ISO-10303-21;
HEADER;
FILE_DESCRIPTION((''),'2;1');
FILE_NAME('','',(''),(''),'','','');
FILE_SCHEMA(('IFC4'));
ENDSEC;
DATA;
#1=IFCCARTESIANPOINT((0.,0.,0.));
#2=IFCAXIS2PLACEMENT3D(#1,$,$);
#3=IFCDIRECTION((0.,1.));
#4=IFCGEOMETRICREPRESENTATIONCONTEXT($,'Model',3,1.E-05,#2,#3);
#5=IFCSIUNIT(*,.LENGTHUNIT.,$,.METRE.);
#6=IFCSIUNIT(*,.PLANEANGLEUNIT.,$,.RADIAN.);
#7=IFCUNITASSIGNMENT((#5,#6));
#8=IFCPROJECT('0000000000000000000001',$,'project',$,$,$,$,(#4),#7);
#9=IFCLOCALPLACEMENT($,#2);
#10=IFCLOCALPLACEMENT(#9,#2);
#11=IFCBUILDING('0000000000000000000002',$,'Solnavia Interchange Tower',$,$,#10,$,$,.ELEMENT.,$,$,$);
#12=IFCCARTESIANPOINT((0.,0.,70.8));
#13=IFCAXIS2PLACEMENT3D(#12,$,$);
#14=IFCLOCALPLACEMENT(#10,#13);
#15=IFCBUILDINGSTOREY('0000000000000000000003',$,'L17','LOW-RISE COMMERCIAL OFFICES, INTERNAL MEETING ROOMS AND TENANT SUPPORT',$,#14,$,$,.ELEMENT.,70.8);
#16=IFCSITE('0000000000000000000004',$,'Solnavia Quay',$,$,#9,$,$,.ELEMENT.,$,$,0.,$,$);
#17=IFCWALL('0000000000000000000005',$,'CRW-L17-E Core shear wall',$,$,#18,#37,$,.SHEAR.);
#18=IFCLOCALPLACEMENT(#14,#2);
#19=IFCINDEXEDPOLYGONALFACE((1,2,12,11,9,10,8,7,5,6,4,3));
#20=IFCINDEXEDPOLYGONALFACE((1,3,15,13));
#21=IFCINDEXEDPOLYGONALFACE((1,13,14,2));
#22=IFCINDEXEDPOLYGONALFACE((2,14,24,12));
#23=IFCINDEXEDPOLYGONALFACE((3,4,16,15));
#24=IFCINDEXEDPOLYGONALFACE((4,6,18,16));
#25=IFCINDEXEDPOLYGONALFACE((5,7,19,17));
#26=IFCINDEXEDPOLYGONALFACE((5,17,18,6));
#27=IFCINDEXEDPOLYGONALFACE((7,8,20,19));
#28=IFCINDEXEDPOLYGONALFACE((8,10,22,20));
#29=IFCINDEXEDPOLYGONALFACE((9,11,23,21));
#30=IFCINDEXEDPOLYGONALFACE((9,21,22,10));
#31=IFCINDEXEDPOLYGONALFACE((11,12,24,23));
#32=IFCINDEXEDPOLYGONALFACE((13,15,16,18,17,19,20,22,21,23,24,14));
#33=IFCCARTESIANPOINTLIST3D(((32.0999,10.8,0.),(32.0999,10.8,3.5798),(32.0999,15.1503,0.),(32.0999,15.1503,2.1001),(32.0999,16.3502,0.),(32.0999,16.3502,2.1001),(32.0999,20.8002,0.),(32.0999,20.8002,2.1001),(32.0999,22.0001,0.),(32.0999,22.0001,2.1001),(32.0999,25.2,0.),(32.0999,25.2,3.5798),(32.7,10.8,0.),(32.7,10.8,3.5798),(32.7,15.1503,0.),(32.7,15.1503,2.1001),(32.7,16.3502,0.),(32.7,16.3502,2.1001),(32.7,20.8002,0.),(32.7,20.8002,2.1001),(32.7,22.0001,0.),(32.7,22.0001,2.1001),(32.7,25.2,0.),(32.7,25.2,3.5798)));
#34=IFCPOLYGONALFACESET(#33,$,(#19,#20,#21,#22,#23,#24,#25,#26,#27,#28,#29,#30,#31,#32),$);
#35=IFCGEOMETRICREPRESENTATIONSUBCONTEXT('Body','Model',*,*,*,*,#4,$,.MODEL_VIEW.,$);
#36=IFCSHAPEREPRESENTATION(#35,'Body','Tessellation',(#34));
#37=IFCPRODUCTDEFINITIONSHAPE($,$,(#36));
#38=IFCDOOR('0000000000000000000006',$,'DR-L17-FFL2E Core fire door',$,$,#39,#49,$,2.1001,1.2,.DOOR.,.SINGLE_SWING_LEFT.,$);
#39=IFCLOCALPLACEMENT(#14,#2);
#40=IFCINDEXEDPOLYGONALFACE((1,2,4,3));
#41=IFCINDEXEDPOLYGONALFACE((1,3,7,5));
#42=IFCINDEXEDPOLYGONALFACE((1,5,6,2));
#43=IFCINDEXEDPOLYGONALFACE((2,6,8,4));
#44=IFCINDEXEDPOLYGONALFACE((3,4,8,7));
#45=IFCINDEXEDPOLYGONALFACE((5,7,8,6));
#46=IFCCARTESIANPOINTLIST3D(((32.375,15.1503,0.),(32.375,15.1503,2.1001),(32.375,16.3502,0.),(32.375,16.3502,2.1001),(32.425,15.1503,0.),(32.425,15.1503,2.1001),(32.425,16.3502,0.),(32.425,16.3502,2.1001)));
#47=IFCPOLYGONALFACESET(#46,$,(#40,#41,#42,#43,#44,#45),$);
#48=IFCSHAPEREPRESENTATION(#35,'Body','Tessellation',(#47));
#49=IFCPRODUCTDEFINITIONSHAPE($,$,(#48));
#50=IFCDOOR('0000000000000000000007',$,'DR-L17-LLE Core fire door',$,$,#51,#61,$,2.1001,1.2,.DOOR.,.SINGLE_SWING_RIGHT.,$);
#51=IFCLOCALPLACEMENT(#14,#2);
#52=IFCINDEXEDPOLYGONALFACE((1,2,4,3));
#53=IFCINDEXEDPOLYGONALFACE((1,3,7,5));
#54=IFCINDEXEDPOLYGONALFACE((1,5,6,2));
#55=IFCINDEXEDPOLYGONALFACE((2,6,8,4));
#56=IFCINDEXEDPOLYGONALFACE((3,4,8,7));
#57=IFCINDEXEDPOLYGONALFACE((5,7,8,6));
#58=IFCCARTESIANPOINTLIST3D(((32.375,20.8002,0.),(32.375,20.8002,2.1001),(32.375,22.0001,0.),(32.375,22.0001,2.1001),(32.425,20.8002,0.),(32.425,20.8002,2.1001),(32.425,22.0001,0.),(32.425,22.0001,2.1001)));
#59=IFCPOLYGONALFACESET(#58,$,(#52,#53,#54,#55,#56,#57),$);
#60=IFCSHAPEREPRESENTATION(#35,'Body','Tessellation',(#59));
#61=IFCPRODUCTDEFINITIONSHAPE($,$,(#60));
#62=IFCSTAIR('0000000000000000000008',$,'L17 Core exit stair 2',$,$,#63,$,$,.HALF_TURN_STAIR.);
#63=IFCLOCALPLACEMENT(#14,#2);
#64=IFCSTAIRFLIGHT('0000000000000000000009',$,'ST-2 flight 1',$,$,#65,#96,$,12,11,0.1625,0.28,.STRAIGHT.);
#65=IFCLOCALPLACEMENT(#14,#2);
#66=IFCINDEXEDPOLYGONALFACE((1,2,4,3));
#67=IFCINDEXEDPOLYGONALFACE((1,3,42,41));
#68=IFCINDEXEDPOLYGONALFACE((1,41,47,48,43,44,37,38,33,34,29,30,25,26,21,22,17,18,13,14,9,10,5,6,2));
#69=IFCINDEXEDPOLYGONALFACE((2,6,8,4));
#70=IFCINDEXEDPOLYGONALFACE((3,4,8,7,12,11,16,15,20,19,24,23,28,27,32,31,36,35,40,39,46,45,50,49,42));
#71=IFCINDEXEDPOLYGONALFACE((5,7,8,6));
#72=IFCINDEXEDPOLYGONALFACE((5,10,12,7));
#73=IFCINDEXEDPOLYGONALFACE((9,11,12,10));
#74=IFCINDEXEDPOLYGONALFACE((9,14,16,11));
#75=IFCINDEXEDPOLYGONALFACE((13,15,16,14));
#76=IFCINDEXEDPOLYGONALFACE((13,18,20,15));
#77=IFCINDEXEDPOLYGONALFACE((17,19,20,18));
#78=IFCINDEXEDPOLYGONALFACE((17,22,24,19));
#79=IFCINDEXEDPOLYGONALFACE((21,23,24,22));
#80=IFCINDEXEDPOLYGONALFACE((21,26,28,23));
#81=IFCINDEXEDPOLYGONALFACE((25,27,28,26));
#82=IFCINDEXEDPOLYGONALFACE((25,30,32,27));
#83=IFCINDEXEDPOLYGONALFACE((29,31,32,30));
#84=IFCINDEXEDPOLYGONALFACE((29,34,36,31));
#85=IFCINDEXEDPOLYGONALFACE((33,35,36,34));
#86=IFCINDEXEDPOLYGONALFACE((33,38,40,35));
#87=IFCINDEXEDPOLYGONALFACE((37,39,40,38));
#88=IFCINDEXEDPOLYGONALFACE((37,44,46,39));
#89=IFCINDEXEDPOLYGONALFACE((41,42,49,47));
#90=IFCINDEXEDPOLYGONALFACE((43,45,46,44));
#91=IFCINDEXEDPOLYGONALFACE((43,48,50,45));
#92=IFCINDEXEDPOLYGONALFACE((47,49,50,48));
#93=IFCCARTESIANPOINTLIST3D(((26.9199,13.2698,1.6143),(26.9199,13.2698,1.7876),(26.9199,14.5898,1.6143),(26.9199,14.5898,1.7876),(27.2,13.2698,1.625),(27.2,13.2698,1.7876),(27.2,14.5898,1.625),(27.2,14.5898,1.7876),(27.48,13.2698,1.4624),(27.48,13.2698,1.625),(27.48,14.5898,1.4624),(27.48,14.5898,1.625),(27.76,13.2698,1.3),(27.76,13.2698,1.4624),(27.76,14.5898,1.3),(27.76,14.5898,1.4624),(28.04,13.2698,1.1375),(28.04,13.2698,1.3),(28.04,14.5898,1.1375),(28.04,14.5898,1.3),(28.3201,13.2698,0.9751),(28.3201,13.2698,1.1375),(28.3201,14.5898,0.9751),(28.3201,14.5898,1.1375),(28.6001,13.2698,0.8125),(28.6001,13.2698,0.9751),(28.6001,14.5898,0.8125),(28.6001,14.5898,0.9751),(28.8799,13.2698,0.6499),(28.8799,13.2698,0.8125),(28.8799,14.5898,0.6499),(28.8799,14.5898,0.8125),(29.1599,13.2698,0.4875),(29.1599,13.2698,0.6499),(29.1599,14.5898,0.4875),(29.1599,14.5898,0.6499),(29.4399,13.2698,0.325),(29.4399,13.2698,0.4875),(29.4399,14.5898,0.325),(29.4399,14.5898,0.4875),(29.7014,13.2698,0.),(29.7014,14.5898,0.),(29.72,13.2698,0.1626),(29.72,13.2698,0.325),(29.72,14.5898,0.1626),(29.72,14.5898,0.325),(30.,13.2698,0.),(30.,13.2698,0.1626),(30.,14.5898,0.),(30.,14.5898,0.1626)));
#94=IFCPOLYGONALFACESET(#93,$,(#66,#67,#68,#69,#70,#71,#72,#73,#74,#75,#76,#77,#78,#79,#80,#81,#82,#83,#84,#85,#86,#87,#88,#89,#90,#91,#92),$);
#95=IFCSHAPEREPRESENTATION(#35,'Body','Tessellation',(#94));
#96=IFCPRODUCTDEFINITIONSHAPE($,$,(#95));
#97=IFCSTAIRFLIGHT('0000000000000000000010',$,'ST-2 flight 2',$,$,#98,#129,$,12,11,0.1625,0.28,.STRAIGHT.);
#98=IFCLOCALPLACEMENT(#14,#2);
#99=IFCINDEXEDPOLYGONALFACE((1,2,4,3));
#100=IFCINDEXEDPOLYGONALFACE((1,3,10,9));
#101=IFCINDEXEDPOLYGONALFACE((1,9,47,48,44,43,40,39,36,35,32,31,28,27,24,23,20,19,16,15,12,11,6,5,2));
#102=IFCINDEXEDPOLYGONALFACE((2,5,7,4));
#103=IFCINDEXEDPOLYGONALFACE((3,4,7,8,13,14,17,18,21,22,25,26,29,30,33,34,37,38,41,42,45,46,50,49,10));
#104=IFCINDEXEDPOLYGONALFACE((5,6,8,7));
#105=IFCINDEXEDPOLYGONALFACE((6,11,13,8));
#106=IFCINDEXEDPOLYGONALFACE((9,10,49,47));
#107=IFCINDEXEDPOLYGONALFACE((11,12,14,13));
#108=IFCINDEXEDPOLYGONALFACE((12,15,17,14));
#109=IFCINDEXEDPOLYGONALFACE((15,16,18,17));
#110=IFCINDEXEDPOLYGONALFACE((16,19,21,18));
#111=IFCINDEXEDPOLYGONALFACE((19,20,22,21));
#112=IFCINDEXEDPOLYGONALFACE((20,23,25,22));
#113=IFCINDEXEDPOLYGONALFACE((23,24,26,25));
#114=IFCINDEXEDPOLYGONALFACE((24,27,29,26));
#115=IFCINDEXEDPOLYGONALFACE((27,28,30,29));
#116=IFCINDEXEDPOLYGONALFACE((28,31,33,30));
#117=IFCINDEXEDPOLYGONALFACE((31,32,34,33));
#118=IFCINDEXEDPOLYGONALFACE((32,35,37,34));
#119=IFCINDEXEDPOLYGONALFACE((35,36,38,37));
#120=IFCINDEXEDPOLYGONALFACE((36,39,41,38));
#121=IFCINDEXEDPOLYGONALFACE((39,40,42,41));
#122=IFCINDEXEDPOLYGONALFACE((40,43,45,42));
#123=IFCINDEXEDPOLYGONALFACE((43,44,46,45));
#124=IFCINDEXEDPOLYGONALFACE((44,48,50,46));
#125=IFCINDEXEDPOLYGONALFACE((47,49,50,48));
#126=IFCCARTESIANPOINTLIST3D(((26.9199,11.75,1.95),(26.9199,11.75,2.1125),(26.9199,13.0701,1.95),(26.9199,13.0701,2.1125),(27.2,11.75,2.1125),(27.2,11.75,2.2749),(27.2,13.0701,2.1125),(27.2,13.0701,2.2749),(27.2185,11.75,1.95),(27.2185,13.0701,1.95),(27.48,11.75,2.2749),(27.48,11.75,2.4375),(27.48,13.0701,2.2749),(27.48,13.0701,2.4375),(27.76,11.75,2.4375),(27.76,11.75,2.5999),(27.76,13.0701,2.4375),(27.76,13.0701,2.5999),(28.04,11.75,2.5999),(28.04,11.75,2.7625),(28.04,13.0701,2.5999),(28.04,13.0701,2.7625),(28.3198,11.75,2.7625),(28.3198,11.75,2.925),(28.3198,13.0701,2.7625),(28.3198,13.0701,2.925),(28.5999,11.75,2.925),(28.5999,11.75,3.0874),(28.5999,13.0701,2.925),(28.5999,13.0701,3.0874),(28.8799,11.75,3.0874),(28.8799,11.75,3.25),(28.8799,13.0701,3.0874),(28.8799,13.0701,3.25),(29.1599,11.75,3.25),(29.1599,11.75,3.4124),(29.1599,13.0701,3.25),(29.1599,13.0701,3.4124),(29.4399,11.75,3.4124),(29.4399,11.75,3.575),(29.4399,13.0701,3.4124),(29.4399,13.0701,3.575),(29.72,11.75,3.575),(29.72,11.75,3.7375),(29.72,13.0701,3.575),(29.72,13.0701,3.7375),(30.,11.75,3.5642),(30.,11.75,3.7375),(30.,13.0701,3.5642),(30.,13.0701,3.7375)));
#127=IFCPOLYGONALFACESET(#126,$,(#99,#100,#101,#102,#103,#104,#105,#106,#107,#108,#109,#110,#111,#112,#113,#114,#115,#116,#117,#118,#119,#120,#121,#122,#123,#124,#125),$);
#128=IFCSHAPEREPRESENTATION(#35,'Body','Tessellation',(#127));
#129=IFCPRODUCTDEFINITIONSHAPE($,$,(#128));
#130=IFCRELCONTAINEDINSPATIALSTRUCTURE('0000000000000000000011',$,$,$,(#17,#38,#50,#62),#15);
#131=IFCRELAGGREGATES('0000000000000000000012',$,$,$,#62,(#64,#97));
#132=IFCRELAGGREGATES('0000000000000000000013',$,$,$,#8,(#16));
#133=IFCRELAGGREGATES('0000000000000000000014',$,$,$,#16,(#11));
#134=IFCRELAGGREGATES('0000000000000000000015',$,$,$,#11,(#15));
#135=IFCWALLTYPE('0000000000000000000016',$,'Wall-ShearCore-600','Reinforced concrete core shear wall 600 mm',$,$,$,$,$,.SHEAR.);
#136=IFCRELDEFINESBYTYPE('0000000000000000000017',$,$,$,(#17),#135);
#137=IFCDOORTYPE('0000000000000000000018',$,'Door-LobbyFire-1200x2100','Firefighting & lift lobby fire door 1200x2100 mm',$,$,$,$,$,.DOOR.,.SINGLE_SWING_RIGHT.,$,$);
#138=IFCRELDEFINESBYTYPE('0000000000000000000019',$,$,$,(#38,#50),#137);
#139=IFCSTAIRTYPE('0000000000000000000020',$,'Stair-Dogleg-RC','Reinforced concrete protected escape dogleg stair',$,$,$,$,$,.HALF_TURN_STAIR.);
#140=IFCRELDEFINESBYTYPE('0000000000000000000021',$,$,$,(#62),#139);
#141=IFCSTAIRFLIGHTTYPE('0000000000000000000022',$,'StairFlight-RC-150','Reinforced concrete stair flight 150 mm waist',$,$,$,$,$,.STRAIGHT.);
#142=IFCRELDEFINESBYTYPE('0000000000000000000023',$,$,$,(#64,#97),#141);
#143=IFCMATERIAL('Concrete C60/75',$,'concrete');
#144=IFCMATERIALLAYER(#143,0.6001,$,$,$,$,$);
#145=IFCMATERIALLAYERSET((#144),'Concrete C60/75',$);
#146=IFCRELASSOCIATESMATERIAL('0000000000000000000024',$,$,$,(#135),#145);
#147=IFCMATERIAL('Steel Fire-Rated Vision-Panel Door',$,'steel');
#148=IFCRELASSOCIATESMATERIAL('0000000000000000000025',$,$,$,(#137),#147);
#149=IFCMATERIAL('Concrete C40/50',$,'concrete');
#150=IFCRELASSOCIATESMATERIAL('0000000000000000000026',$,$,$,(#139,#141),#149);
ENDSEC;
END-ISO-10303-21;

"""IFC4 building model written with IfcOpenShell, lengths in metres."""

from ifc_helpers import new_model, si_unit, direction, frame, frame_2d, origin, place, context, subcontext, project, spatial, polyline, rectangle, outline, extrude, material, layer, layer_set, type_object, element, fill, aggregate, save


model = new_model("IFC4")

# Units and contexts
model_context = context("Model", 3, precision=1e-05, world=origin(), true_north=direction((0.0, 1.0)))
body_context = subcontext(model_context, "Body", "Model", "MODEL_VIEW")
ifc_project = project(units=[si_unit("LENGTHUNIT", "METRE"), si_unit("PLANEANGLEUNIT", "RADIAN")], contexts=[model_context])

# Site, building, storey
site_placement = place(None, origin())
site = spatial("IfcSite", under=ifc_project, at=site_placement, Name="Solnavia Quay", CompositionType="ELEMENT", RefElevation=0.0)
building_placement = place(site_placement, origin())
building = spatial("IfcBuilding", under=site, at=building_placement, Name="Solnavia Interchange Tower", CompositionType="ELEMENT")
storey_placement = place(building_placement, frame((0.0, 0.0, 70.8)))
storey = spatial("IfcBuildingStorey", under=building, at=storey_placement, Name="L17", Description="LOW-RISE COMMERCIAL OFFICES, INTERNAL MEETING ROOMS AND TENANT SUPPORT", CompositionType="ELEMENT", Elevation=70.8)

# Shared definitions
ifc_material_1 = material(Name="Concrete C60/75", Category="concrete")

# Shared definitions
ifc_material_2 = material(Name="Concrete C40/50", Category="concrete")

# Wall, openings, doors
ifc_layer_1 = layer(ifc_material_1, 0.6001)
ifc_layer_set_1 = layer_set([ifc_layer_1], Name="Concrete C60/75")
wall_type_1 = type_object("IfcWallType", Name="Wall-ShearCore-600", Description="Reinforced concrete core shear wall 600 mm", PredefinedType="SHEAR", material=ifc_layer_set_1)
wall_1_placement = place(storey_placement, frame((32.3999, 10.8, 0.0), z_axis=(0.0, 0.0, 1.0), x_axis=(0.0, 1.0, 0.0)))
wall_1 = element("IfcWall", 1, at=wall_1_placement, inside=storey, type_object=wall_type_1, Name="CRW-L17-E Core shear wall", PredefinedType="SHEAR", context=body_context, shape_type="SweptSolid", body=[
    extrude(rectangle(XDim=14.3999, YDim=0.6001, at=frame_2d((7.2, 0.0))), origin(), (0.0, 0.0, 1.0), 3.5798),
])
opening_1_placement = place(wall_1_placement, frame((4.3501, 0.0, 0.0)))
opening_1 = element("IfcOpeningElement", 2, at=opening_1_placement, cuts=wall_1, PredefinedType="OPENING", context=body_context, shape_type="SweptSolid", body=[
    extrude(rectangle(XDim=1.2, YDim=2.1001, at=frame_2d((0.6001, 1.05))), frame((0.0, 0.3101, 0.0), z_axis=(0.0, -1.0, 0.0), x_axis=(1.0, 0.0, 0.0)), (0.0, 0.0, 1.0), 0.6201),
])
opening_2_placement = place(wall_1_placement, frame((10.0, 0.0, 0.0)))
opening_2 = element("IfcOpeningElement", 3, at=opening_2_placement, cuts=wall_1, PredefinedType="OPENING", context=body_context, shape_type="SweptSolid", body=[
    extrude(rectangle(XDim=1.2, YDim=2.1001, at=frame_2d((0.6001, 1.05))), frame((0.0, 0.3101, 0.0), z_axis=(0.0, -1.0, 0.0), x_axis=(1.0, 0.0, 0.0)), (0.0, 0.0, 1.0), 0.6201),
])
ifc_material_3 = material(Name="Steel Fire-Rated Vision-Panel Door", Category="steel")
door_type_1 = type_object("IfcDoorType", Name="Door-LobbyFire-1200x2100", Description="Firefighting & lift lobby fire door 1200x2100 mm", OperationType="SINGLE_SWING_RIGHT", PredefinedType="DOOR", material=ifc_material_3)
door_1_placement = place(opening_1_placement, origin())
door_1 = element("IfcDoor", 4, at=door_1_placement, inside=storey, type_object=door_type_1, Name="DR-L17-FFL2E Core fire door", OperationType="SINGLE_SWING_LEFT", OverallHeight=2.1001, OverallWidth=1.2, PredefinedType="DOOR", context=body_context, shape_type="SweptSolid", body=[
    extrude(rectangle(XDim=1.2, YDim=2.1001, at=frame_2d((0.6001, 1.05))), frame((0.0, 0.0249, 0.0), z_axis=(0.0, -1.0, 0.0), x_axis=(1.0, 0.0, 0.0)), (0.0, 0.0, 1.0), 0.05),
])
fill(opening_1, door_1)
door_2_placement = place(opening_2_placement, origin())
door_2 = element("IfcDoor", 5, at=door_2_placement, inside=storey, type_object=door_type_1, Name="DR-L17-LLE Core fire door", OperationType="SINGLE_SWING_RIGHT", OverallHeight=2.1001, OverallWidth=1.2, PredefinedType="DOOR", context=body_context, shape_type="SweptSolid", body=[
    extrude(rectangle(XDim=1.2, YDim=2.1001, at=frame_2d((0.6001, 1.05))), frame((0.0, 0.0249, 0.0), z_axis=(0.0, -1.0, 0.0), x_axis=(1.0, 0.0, 0.0)), (0.0, 0.0, 1.0), 0.05),
])
fill(opening_2, door_2)

# Stair, stair flights
stair_type = type_object("IfcStairType", Name="Stair-Dogleg-RC", Description="Reinforced concrete protected escape dogleg stair", PredefinedType="HALF_TURN_STAIR", material=ifc_material_2)
stair_placement = place(storey_placement, origin())
stair = element("IfcStair", 6, at=stair_placement, inside=storey, type_object=stair_type, Name="L17 Core exit stair 2", PredefinedType="HALF_TURN_STAIR")
stair_flight_type = type_object("IfcStairFlightType", Name="StairFlight-RC-150", Description="Reinforced concrete stair flight 150 mm waist", PredefinedType="STRAIGHT", material=ifc_material_2)
stair_flight_1_placement = place(storey_placement, frame((30.0, 13.9299, 0.0), z_axis=(0.0, 0.0, 1.0), x_axis=(-1.0, 0.0, 0.0)))
stair_flight_1 = element("IfcStairFlight", 7, at=stair_flight_1_placement, type_object=stair_flight_type, Name="ST-2 flight 1", NumberOfRisers=12, NumberOfTreads=11, PredefinedType="STRAIGHT", RiserHeight=0.1625, TreadLength=0.28, context=body_context, shape_type="SweptSolid", body=[
    extrude(outline(polyline([(0.0, 0.0), (0.0, 0.1626), (0.28, 0.1626), (0.28, 0.325), (0.5601, 0.325), (0.5601, 0.4875), (0.8401, 0.4875), (0.8401, 0.6499), (1.1201, 0.6499), (1.1201, 0.8125), (1.3999, 0.8125), (1.3999, 0.9751), (1.6799, 0.9751), (1.6799, 1.1375), (1.96, 1.1375), (1.96, 1.3), (2.24, 1.3), (2.24, 1.4624), (2.52, 1.4624), (2.52, 1.625), (2.8, 1.625), (2.8, 1.7876), (3.0801, 1.7876), (3.0801, 1.95), (3.0801, 1.6143), (0.2986, 0.0), (0.0, 0.0)])), frame((0.0, 0.6602, 0.0), z_axis=(0.0, -1.0, 0.0), x_axis=(1.0, 0.0, 0.0)), (0.0, 0.0, 1.0), 1.3201),
])
stair_flight_2_placement = place(storey_placement, frame((26.9199, 12.4099, 1.95), z_axis=(0.0, 0.0, 1.0), x_axis=(1.0, 0.0, 0.0)))
stair_flight_2 = element("IfcStairFlight", 8, at=stair_flight_2_placement, type_object=stair_flight_type, Name="ST-2 flight 2", NumberOfRisers=12, NumberOfTreads=11, PredefinedType="STRAIGHT", RiserHeight=0.1625, TreadLength=0.28, context=body_context, shape_type="SweptSolid", body=[
    extrude(outline(polyline([(0.0, 0.0), (0.0, 0.1626), (0.28, 0.1626), (0.28, 0.325), (0.5601, 0.325), (0.5601, 0.4875), (0.8401, 0.4875), (0.8401, 0.6499), (1.1201, 0.6499), (1.1201, 0.8125), (1.3999, 0.8125), (1.3999, 0.9751), (1.6799, 0.9751), (1.6799, 1.1375), (1.96, 1.1375), (1.96, 1.3), (2.24, 1.3), (2.24, 1.4624), (2.52, 1.4624), (2.52, 1.625), (2.8, 1.625), (2.8, 1.7876), (3.0801, 1.7876), (3.0801, 1.95), (3.0801, 1.6143), (0.2986, 0.0), (0.0, 0.0)])), frame((0.0, 0.6602, 0.0), z_axis=(0.0, -1.0, 0.0), x_axis=(1.0, 0.0, 0.0)), (0.0, 0.0, 1.0), 1.3201),
])
aggregate(stair, [stair_flight_1, stair_flight_2])

save(model, "model.ifc")
